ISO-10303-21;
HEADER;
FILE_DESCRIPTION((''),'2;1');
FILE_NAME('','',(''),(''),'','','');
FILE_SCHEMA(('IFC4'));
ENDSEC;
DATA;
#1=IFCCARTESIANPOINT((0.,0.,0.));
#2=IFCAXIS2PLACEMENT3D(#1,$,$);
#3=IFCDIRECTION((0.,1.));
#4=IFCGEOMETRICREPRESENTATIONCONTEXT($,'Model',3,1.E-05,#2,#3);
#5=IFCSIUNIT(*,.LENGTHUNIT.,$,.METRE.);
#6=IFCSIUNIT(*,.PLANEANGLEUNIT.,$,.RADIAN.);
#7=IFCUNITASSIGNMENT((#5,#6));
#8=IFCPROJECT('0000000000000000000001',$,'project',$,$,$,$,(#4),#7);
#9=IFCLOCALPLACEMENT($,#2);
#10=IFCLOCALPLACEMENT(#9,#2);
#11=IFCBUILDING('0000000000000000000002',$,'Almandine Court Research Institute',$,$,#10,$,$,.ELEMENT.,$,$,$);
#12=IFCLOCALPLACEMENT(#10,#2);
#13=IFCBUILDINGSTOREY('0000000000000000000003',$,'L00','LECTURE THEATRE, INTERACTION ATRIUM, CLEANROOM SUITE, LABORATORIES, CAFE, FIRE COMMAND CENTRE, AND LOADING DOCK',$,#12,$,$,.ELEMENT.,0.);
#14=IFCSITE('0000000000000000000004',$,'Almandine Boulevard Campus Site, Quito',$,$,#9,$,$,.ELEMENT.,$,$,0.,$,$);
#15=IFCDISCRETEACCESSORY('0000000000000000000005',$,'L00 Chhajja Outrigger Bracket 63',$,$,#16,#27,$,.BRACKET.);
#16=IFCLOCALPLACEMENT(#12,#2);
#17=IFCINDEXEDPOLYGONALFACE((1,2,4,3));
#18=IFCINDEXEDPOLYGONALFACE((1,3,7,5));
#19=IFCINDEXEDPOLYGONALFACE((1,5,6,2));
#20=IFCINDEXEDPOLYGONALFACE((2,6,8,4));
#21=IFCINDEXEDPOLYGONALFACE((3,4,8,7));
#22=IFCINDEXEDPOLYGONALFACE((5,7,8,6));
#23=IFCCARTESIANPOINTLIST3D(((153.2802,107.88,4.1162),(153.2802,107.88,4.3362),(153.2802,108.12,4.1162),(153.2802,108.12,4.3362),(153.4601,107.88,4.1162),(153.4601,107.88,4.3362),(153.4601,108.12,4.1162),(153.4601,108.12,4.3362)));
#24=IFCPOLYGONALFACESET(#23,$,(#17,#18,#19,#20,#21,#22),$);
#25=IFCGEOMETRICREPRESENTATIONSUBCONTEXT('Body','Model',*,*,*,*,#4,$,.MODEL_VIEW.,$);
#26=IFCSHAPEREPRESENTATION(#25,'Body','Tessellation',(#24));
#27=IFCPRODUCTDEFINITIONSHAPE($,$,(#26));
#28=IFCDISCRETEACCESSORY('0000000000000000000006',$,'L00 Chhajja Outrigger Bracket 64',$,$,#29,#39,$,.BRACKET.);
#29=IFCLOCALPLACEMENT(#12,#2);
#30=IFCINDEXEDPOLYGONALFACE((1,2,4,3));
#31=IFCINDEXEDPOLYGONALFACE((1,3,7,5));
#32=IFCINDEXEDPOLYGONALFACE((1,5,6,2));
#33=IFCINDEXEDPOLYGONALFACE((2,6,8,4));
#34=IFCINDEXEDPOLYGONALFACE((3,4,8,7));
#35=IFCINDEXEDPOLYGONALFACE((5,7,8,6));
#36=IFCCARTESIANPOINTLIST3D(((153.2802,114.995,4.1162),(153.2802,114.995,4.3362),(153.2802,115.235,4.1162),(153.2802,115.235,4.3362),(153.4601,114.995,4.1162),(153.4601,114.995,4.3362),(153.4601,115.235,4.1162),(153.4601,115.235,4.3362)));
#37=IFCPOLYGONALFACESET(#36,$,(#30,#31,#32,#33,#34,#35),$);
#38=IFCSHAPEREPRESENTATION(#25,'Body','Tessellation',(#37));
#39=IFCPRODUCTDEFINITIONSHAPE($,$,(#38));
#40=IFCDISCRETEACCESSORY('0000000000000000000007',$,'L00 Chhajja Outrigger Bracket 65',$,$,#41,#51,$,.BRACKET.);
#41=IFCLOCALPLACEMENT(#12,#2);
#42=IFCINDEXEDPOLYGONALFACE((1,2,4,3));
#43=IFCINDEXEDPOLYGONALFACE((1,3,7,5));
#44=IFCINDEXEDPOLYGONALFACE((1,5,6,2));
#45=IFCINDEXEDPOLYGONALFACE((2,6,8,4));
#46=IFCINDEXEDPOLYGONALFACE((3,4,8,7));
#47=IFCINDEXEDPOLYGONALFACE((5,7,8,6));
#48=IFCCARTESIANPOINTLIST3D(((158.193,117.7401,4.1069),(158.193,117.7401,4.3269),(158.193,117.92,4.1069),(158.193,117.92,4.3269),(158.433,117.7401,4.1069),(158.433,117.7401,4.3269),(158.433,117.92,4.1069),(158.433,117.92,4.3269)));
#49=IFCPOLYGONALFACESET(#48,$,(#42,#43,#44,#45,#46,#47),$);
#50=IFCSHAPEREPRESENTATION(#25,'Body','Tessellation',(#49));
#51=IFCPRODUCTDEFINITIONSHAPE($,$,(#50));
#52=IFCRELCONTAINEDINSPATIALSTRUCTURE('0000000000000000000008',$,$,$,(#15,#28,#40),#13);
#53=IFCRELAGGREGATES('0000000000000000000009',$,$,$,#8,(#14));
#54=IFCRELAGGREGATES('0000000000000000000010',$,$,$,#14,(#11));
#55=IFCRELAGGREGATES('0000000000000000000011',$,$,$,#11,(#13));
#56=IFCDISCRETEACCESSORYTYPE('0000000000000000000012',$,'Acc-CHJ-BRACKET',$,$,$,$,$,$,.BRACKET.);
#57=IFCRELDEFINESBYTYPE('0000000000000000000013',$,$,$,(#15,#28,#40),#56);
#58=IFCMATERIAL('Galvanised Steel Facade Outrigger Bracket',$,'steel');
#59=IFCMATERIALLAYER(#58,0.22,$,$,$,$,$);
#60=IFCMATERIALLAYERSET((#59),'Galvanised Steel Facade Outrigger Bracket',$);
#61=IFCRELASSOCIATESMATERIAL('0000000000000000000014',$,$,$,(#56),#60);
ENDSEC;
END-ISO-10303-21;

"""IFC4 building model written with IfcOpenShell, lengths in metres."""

from ifc_helpers import new_model, si_unit, direction, frame, origin, origin_2d, place, context, subcontext, project, spatial, rectangle, extrude, material, layer, layer_set, type_object, element, save


model = new_model("IFC4")

# Units and contexts
model_context = context("Model", 3, precision=1e-05, world=origin(), true_north=direction((0.0, 1.0)))
body_context = subcontext(model_context, "Body", "Model", "MODEL_VIEW")
ifc_project = project(units=[si_unit("LENGTHUNIT", "METRE"), si_unit("PLANEANGLEUNIT", "RADIAN")], contexts=[model_context])

# Site, building, storey
site_placement = place(None, origin())
site = spatial("IfcSite", under=ifc_project, at=site_placement, Name="Almandine Boulevard Campus Site, Quito", CompositionType="ELEMENT", RefElevation=0.0)
building_placement = place(site_placement, origin())
building = spatial("IfcBuilding", under=site, at=building_placement, Name="Almandine Court Research Institute", CompositionType="ELEMENT")
storey_placement = place(building_placement, origin())
storey = spatial("IfcBuildingStorey", under=building, at=storey_placement, Name="L00", Description="LECTURE THEATRE, INTERACTION ATRIUM, CLEANROOM SUITE, LABORATORIES, CAFE, FIRE COMMAND CENTRE, AND LOADING DOCK", CompositionType="ELEMENT", Elevation=0.0)

# Discrete accessories
ifc_material_1 = material(Name="Galvanised Steel Facade Outrigger Bracket", Category="steel")
ifc_layer_1 = layer(ifc_material_1, 0.22)
ifc_layer_set_1 = layer_set([ifc_layer_1], Name="Galvanised Steel Facade Outrigger Bracket")
discrete_accessory_type = type_object("IfcDiscreteAccessoryType", Name="Acc-CHJ-BRACKET", PredefinedType="BRACKET", material=ifc_layer_set_1)
for number, where, z_axis, x_axis, name in (
    (1, (153.3701, 108.0, 4.1162), (0.0, 0.0, 1.0), (0.0, 1.0, 0.0), "L00 Chhajja Outrigger Bracket 63"),
    (2, (153.3701, 115.115, 4.1162), (0.0, 0.0, 1.0), (0.0, 1.0, 0.0), "L00 Chhajja Outrigger Bracket 64"),
    (3, (158.313, 117.8301, 4.1069), (0.0, 0.0, 1.0), (1.0, 0.0, 0.0), "L00 Chhajja Outrigger Bracket 65"),
):
    element("IfcDiscreteAccessory", number, at=place(storey_placement, frame(where, z_axis=z_axis, x_axis=x_axis)), inside=storey, type_object=discrete_accessory_type, Name=name, PredefinedType="BRACKET", context=body_context, shape_type="SweptSolid", body=[
        extrude(rectangle(XDim=0.24, YDim=0.1799, at=origin_2d()), origin(), (0.0, 0.0, 1.0), 0.22),
    ])

save(model, "model.ifc")
